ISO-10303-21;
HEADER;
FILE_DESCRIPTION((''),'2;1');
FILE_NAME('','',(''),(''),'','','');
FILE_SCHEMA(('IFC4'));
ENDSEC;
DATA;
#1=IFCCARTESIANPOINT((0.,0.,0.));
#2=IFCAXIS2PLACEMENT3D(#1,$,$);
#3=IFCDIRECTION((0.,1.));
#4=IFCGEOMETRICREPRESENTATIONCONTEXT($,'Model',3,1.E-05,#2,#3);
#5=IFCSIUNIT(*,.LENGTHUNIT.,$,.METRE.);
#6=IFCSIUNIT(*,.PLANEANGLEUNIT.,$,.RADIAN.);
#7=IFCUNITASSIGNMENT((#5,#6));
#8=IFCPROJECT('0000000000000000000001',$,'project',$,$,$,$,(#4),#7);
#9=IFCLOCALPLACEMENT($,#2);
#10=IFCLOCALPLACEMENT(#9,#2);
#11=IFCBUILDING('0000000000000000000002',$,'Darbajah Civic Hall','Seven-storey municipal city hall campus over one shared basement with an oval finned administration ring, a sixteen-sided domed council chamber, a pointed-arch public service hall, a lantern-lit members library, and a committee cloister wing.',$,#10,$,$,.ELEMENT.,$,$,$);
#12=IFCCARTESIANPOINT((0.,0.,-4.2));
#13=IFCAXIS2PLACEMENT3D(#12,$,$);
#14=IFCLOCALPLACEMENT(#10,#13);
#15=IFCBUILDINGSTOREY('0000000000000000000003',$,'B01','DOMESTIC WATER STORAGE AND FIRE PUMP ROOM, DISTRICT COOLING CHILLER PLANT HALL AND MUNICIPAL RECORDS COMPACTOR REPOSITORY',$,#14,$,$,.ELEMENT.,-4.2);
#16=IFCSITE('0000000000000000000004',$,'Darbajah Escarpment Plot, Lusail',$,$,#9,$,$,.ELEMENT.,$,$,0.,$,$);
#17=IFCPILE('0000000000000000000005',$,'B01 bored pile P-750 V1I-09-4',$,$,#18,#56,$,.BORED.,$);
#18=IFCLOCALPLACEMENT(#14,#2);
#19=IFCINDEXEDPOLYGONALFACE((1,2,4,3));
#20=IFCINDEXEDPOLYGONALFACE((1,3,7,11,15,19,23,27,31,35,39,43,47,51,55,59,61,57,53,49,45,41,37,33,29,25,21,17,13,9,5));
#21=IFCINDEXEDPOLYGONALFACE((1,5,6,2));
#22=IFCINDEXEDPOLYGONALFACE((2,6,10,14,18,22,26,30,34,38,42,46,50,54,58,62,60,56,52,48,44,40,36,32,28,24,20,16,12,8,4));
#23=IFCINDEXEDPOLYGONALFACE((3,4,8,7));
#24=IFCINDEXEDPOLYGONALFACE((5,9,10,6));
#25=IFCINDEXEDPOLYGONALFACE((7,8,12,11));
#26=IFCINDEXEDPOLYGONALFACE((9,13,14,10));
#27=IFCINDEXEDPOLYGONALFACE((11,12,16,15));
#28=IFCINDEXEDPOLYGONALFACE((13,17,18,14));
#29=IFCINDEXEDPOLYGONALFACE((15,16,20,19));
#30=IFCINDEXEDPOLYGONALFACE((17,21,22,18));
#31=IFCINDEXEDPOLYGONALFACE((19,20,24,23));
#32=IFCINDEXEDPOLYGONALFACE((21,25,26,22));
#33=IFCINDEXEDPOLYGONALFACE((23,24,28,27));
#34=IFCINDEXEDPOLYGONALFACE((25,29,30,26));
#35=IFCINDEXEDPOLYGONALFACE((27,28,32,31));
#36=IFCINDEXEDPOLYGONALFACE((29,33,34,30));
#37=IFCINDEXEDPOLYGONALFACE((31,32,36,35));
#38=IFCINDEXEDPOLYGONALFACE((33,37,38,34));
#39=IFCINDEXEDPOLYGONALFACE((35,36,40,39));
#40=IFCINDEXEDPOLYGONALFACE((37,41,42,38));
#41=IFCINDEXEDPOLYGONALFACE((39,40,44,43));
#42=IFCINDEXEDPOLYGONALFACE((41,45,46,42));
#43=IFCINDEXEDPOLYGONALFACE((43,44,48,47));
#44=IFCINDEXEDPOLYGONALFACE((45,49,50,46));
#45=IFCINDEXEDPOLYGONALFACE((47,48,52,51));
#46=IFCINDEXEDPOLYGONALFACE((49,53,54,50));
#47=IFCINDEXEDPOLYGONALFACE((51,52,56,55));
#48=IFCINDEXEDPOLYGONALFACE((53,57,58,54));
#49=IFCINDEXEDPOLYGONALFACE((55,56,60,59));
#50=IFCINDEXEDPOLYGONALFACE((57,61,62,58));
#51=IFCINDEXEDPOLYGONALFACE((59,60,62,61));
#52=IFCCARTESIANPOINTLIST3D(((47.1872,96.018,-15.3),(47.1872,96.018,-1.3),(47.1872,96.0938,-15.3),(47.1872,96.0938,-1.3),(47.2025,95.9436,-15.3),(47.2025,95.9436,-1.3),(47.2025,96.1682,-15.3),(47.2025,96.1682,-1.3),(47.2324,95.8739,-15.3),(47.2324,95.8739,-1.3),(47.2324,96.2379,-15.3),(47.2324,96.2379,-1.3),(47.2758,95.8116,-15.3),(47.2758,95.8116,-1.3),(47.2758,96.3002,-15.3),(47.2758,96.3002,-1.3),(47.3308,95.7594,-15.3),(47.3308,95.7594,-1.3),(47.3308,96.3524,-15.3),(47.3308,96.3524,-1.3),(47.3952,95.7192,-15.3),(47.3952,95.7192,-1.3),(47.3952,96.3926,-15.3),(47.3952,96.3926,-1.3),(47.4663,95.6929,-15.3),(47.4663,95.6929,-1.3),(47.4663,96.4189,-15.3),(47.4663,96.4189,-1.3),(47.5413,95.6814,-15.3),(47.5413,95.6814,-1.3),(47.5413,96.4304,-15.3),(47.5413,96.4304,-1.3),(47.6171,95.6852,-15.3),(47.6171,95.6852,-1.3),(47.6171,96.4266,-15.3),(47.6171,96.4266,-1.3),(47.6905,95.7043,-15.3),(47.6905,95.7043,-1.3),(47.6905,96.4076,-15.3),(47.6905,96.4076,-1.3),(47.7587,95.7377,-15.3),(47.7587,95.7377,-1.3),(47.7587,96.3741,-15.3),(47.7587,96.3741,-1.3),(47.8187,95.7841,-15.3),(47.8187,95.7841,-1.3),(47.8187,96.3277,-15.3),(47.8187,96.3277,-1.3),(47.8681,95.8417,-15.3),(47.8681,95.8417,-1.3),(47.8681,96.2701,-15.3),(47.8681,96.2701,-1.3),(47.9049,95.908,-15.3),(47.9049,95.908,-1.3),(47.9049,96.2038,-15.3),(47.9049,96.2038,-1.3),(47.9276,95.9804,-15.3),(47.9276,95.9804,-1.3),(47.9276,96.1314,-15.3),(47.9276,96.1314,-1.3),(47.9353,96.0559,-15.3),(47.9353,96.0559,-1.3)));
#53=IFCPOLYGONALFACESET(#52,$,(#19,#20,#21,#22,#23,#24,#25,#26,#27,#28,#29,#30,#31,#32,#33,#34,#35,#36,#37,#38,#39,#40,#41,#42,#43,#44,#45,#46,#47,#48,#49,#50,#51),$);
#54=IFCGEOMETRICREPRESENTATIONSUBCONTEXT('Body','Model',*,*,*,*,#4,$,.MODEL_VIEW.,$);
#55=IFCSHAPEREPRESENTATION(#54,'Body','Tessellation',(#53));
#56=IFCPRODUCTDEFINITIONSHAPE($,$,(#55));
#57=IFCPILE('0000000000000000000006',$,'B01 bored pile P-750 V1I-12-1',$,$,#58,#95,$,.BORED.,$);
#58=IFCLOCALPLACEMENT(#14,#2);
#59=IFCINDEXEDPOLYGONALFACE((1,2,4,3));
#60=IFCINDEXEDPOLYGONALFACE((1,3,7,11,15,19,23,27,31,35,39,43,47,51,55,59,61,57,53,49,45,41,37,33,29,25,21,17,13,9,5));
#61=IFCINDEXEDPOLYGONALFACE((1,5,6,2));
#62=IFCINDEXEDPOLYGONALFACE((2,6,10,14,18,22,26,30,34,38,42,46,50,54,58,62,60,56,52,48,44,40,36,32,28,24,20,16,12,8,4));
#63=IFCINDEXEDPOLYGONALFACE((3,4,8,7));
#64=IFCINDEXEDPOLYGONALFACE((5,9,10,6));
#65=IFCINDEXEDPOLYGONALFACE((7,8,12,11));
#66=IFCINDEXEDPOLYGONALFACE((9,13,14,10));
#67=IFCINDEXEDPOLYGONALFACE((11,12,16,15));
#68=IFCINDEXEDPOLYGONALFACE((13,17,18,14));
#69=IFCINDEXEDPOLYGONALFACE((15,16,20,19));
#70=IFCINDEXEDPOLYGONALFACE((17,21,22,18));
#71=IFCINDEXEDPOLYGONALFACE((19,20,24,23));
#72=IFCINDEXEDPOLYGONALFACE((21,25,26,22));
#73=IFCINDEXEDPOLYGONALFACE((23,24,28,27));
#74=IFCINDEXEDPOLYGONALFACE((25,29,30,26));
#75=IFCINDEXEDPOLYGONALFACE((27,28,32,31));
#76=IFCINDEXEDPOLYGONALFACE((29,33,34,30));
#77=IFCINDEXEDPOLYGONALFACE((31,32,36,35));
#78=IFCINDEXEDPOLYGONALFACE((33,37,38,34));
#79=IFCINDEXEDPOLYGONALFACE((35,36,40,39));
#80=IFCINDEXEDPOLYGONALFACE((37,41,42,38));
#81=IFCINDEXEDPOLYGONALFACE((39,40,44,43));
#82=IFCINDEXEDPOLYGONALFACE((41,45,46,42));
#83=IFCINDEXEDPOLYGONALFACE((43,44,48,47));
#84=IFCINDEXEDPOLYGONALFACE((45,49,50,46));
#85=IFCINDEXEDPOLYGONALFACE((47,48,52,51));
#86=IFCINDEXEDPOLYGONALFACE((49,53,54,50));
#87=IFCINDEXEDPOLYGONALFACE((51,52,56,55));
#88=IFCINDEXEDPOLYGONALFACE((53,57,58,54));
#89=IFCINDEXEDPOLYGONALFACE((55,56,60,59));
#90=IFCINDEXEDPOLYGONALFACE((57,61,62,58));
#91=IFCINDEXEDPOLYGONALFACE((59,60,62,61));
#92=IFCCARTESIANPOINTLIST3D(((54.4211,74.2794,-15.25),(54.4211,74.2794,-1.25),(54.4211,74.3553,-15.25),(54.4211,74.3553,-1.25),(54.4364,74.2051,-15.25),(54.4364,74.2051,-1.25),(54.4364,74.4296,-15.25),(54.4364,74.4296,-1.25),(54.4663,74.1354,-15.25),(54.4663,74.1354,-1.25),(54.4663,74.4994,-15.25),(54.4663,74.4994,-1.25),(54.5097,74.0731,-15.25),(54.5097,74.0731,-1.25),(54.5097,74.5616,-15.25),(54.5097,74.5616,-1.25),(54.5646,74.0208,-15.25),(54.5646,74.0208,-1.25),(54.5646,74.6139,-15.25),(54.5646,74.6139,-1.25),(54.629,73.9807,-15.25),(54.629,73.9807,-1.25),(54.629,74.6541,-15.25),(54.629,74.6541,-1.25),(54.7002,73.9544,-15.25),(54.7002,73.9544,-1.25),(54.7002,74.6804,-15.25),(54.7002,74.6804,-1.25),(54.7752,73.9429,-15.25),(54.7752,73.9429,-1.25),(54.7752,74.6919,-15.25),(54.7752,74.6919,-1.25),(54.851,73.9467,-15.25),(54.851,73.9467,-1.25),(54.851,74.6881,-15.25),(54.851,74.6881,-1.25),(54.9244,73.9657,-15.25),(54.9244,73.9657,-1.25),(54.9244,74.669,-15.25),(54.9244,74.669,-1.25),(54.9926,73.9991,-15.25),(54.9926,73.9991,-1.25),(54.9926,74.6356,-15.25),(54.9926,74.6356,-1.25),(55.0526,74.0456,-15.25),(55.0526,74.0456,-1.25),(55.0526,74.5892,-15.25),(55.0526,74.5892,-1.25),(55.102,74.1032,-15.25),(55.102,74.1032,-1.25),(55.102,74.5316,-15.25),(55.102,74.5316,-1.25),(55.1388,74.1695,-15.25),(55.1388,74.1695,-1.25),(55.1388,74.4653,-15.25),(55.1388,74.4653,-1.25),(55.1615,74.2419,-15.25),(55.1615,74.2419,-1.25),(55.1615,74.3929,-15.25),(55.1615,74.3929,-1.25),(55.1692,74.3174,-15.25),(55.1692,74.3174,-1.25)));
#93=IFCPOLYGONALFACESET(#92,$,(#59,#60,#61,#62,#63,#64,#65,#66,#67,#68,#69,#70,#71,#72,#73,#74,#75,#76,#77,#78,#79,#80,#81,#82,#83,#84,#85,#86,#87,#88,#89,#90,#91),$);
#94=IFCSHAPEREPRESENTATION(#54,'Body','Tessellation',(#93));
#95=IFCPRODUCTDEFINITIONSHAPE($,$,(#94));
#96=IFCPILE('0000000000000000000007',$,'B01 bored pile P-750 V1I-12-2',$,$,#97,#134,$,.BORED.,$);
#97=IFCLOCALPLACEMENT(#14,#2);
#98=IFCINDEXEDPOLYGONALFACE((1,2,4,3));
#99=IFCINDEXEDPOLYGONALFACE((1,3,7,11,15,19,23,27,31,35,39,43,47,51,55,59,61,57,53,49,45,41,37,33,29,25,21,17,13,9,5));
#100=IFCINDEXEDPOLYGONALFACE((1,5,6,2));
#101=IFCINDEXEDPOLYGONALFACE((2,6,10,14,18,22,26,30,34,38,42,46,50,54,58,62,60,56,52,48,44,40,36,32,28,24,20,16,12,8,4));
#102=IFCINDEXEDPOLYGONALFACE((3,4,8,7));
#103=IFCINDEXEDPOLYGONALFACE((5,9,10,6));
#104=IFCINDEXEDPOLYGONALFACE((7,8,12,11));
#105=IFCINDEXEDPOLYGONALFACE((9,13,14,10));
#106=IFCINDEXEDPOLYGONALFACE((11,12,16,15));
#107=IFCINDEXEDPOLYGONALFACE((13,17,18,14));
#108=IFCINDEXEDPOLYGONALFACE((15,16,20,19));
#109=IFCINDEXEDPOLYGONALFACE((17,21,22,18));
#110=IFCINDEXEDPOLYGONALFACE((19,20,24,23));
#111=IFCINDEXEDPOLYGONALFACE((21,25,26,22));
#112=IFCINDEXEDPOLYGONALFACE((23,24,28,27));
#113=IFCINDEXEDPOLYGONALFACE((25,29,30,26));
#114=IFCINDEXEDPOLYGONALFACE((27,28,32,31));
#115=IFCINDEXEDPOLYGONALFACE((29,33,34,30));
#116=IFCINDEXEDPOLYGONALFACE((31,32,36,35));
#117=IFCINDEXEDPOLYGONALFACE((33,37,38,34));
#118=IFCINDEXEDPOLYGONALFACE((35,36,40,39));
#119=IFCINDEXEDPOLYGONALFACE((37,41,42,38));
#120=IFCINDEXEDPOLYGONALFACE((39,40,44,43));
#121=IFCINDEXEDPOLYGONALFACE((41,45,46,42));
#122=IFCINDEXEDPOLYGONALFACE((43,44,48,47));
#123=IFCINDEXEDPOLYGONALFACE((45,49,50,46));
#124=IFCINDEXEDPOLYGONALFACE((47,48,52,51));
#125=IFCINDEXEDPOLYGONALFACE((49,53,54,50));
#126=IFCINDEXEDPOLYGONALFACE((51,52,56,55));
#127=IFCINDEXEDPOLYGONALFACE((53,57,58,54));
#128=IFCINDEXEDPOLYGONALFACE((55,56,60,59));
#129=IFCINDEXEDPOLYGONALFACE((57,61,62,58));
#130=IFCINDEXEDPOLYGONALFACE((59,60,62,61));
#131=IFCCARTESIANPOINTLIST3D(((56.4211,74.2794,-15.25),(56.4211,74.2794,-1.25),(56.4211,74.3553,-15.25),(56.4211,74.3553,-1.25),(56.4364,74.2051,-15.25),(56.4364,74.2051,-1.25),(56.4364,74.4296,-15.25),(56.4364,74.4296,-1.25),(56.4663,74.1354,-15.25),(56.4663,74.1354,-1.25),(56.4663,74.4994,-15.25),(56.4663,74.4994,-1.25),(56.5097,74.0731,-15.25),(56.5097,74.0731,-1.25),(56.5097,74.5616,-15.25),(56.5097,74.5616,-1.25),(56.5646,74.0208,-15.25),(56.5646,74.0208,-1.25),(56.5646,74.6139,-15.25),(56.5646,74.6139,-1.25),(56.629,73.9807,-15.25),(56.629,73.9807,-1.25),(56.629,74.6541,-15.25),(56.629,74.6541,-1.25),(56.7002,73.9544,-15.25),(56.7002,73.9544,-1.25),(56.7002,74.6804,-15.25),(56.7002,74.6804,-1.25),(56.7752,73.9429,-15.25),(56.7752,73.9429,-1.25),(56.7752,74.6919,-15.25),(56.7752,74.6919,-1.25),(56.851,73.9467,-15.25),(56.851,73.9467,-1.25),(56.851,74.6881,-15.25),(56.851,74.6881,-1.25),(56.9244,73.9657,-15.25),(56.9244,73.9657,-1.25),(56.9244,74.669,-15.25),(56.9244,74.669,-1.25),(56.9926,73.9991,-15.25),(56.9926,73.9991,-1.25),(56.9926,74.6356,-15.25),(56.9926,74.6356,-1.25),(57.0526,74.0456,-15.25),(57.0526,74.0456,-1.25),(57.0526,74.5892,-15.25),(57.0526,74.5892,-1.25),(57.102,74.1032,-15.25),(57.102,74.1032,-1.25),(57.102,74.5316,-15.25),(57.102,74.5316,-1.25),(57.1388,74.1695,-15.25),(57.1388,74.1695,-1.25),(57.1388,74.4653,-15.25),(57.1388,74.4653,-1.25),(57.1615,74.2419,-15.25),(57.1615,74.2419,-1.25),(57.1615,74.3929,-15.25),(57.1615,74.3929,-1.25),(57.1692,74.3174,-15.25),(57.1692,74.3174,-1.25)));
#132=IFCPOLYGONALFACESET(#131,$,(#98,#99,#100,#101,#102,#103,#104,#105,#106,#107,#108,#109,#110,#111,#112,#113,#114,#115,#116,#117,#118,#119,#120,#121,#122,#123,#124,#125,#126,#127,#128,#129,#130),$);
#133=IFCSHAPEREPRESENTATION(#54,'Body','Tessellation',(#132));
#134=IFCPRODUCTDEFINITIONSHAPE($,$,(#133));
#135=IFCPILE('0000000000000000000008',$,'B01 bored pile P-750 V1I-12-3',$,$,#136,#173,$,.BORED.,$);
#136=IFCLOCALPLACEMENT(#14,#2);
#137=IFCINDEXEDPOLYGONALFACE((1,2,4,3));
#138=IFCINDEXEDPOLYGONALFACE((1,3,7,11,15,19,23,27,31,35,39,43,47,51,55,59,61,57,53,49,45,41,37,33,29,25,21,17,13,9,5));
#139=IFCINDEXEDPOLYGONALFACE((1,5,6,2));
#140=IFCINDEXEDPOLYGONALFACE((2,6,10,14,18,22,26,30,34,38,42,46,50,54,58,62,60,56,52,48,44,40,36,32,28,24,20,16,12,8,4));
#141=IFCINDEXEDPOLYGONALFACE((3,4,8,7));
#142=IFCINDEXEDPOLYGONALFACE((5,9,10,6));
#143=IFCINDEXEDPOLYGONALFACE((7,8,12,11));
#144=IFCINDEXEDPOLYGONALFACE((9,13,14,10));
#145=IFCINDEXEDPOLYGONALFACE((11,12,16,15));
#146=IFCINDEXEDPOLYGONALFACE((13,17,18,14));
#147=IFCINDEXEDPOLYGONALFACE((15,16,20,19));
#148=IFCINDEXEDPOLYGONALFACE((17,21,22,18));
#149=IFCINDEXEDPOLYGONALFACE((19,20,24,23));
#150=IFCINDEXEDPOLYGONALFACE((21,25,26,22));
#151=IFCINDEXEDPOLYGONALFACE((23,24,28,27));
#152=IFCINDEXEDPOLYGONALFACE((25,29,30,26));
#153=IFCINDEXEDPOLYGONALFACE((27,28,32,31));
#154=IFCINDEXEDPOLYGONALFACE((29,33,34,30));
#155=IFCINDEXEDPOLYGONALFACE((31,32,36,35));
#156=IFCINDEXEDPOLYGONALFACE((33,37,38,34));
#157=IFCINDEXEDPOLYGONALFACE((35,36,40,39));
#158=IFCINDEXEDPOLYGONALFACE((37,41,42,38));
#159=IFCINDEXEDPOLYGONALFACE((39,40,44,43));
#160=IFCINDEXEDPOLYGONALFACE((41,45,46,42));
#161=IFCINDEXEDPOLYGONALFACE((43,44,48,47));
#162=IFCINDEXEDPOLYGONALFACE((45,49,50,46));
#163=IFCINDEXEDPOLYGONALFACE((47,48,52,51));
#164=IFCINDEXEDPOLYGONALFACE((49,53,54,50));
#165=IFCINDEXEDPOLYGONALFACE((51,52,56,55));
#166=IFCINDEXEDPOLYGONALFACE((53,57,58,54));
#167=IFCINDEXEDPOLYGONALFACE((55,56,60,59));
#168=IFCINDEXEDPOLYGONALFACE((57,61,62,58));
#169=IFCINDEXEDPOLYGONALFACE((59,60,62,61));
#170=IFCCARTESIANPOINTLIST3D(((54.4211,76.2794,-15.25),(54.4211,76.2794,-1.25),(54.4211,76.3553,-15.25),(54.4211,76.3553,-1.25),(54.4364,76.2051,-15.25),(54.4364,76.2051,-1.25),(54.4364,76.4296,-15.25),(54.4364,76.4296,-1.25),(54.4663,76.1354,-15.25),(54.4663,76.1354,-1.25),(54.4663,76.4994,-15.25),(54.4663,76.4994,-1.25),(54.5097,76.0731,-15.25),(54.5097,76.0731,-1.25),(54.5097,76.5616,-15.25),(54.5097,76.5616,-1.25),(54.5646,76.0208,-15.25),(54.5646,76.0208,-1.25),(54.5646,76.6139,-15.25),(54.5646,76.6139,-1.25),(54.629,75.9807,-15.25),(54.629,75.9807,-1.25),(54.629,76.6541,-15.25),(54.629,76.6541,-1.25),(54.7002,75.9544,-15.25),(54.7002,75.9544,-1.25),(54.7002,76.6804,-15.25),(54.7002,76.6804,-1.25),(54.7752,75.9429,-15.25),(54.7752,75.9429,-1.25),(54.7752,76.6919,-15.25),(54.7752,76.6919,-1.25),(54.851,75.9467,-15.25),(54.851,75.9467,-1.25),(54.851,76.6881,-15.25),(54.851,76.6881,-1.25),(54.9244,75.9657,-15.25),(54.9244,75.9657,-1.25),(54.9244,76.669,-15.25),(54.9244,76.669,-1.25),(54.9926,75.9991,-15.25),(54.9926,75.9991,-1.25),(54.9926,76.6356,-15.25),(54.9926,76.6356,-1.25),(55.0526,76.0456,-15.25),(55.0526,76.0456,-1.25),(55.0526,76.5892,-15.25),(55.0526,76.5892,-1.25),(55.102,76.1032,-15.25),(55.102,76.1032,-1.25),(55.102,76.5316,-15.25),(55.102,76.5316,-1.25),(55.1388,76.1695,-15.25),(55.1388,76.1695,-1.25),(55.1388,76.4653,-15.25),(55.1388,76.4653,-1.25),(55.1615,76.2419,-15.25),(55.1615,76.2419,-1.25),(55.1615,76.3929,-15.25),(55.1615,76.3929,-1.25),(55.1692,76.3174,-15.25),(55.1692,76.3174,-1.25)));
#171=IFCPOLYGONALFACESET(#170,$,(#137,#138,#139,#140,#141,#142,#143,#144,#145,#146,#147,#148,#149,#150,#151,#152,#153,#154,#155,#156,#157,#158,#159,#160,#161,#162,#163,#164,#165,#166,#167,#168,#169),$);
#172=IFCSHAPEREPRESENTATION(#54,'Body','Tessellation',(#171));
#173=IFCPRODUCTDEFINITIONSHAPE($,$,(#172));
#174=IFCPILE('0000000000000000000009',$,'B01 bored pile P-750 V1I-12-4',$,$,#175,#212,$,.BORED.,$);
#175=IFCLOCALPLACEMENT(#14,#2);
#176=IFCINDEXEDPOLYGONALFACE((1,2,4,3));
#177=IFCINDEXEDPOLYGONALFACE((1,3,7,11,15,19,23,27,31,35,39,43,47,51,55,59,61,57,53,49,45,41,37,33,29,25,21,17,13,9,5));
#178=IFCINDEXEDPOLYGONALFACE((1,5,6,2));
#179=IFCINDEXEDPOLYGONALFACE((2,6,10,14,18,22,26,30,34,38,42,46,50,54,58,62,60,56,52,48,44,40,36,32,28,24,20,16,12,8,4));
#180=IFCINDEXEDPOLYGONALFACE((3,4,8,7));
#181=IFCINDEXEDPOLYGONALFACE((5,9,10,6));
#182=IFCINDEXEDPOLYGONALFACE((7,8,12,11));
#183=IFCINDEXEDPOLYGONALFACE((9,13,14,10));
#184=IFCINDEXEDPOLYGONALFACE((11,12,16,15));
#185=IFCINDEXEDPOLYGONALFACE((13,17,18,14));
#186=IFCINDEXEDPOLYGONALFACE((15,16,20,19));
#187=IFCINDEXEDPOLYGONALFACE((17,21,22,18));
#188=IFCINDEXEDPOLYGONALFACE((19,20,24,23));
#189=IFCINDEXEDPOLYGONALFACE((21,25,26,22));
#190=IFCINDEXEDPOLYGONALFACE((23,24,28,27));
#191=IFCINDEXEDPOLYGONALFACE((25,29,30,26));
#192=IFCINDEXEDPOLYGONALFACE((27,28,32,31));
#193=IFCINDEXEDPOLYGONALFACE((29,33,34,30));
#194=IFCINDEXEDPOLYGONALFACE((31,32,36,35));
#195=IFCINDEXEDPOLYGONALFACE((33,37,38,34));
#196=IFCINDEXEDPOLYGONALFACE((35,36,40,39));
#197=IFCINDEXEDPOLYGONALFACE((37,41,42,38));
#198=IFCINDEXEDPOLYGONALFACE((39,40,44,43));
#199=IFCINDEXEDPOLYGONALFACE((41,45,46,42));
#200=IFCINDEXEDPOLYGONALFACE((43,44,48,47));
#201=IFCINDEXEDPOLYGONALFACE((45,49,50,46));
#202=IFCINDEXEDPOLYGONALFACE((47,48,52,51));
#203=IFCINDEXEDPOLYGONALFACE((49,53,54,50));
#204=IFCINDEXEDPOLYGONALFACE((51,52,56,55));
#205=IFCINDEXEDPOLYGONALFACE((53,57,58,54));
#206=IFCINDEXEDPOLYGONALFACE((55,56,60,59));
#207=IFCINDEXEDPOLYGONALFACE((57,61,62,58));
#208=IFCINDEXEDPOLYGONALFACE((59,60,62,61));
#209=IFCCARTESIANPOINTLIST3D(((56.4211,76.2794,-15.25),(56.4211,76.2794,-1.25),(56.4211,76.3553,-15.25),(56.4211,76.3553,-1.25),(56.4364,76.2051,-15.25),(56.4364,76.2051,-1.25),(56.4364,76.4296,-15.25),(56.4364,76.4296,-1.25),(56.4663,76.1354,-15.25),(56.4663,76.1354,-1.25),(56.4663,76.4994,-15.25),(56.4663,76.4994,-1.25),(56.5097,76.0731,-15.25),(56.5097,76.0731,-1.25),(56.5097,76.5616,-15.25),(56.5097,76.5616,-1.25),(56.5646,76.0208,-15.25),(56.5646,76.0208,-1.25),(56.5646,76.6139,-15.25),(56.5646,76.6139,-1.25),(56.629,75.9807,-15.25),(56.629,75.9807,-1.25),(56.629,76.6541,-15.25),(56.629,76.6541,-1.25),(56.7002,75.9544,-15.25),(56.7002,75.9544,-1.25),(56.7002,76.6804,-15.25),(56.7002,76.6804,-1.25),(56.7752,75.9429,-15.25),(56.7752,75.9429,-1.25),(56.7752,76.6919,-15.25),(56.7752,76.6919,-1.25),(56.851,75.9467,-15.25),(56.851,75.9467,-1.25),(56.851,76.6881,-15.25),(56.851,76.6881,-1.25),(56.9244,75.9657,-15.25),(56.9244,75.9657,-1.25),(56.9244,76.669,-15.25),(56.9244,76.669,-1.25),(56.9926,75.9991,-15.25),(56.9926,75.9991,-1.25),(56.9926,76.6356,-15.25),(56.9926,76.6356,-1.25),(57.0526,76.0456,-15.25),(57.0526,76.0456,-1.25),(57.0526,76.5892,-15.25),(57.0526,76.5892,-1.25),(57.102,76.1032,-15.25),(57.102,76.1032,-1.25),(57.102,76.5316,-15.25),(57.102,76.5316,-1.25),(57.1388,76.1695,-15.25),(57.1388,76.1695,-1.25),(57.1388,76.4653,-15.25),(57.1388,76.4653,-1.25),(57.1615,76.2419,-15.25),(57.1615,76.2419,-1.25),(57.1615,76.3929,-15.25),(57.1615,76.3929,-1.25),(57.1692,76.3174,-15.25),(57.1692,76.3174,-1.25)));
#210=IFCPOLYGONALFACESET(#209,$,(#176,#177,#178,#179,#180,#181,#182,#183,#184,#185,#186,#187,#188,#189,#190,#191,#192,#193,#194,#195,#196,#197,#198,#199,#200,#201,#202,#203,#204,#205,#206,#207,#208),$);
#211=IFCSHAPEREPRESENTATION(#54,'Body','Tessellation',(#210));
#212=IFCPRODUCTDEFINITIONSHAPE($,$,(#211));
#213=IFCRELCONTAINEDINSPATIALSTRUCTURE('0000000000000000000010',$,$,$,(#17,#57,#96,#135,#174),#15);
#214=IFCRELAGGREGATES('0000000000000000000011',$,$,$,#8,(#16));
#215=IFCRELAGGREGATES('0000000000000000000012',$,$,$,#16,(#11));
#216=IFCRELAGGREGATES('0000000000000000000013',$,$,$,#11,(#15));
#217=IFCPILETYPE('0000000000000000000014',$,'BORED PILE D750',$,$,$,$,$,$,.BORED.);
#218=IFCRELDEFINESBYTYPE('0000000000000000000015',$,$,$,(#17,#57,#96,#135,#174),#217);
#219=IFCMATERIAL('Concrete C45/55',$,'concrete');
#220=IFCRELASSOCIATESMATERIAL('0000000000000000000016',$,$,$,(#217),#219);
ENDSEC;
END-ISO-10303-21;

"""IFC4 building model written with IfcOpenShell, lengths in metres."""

from ifc_helpers import new_model, si_unit, direction, frame, origin, origin_2d, place, context, subcontext, project, spatial, circle, extrude, material, material_profile, profile_set, type_object, element, save


model = new_model("IFC4")

# Units and contexts
model_context = context("Model", 3, precision=1e-05, world=origin(), true_north=direction((0.0, 1.0)))
body_context = subcontext(model_context, "Body", "Model", "MODEL_VIEW")
ifc_project = project(units=[si_unit("LENGTHUNIT", "METRE"), si_unit("PLANEANGLEUNIT", "RADIAN")], contexts=[model_context])

# Site, building, storey
site_placement = place(None, origin())
site = spatial("IfcSite", under=ifc_project, at=site_placement, Name="Darbajah Escarpment Plot, Lusail", CompositionType="ELEMENT", RefElevation=0.0)
building_placement = place(site_placement, origin())
building = spatial("IfcBuilding", under=site, at=building_placement, Name="Darbajah Civic Hall", Description="Seven-storey municipal city hall campus over one shared basement with an oval finned administration ring, a sixteen-sided domed council chamber, a pointed-arch public service hall, a lantern-lit members library, and a committee cloister wing.", CompositionType="ELEMENT")
storey_placement = place(building_placement, frame((0.0, 0.0, -4.2)))
storey = spatial("IfcBuildingStorey", under=building, at=storey_placement, Name="B01", Description="DOMESTIC WATER STORAGE AND FIRE PUMP ROOM, DISTRICT COOLING CHILLER PLANT HALL AND MUNICIPAL RECORDS COMPACTOR REPOSITORY", CompositionType="ELEMENT", Elevation=-4.2)

# Piles
ifc_material_1 = material(Name="Concrete C45/55", Category="concrete")
ifc_material_profile_1 = material_profile(ifc_material_1, circle(Radius=0.375, at=origin_2d()), Name="BORED PILE D750")
ifc_profile_set_1 = profile_set([ifc_material_profile_1], Name="Concrete C45/55")
pile_type_1 = type_object("IfcPileType", Name="BORED PILE D750", PredefinedType="BORED", material=ifc_profile_set_1)
for number, where, z_axis, x_axis, name in (
    (1, (47.5603, 96.0559, -1.3), (0.0, 0.0, -1.0), (1.0, 0.0, 0.0), "B01 bored pile P-750 V1I-09-4"),
    (2, (54.7942, 74.3174, -1.25), (0.0, 0.0, -1.0), (1.0, 0.0, 0.0), "B01 bored pile P-750 V1I-12-1"),
    (3, (56.7942, 74.3174, -1.25), (0.0, 0.0, -1.0), (1.0, 0.0, 0.0), "B01 bored pile P-750 V1I-12-2"),
    (4, (54.7942, 76.3174, -1.25), (0.0, 0.0, -1.0), (1.0, 0.0, 0.0), "B01 bored pile P-750 V1I-12-3"),
    (5, (56.7942, 76.3174, -1.25), (0.0, 0.0, -1.0), (1.0, 0.0, 0.0), "B01 bored pile P-750 V1I-12-4"),
):
    element("IfcPile", number, at=place(storey_placement, frame(where, z_axis=z_axis, x_axis=x_axis)), inside=storey, type_object=pile_type_1, Name=name, PredefinedType="BORED", context=body_context, shape_type="SweptSolid", body=[
        extrude(circle(Radius=0.375, at=origin_2d()), origin(), (0.0, 0.0, 1.0), 14.0),
    ])

save(model, "model.ifc")
